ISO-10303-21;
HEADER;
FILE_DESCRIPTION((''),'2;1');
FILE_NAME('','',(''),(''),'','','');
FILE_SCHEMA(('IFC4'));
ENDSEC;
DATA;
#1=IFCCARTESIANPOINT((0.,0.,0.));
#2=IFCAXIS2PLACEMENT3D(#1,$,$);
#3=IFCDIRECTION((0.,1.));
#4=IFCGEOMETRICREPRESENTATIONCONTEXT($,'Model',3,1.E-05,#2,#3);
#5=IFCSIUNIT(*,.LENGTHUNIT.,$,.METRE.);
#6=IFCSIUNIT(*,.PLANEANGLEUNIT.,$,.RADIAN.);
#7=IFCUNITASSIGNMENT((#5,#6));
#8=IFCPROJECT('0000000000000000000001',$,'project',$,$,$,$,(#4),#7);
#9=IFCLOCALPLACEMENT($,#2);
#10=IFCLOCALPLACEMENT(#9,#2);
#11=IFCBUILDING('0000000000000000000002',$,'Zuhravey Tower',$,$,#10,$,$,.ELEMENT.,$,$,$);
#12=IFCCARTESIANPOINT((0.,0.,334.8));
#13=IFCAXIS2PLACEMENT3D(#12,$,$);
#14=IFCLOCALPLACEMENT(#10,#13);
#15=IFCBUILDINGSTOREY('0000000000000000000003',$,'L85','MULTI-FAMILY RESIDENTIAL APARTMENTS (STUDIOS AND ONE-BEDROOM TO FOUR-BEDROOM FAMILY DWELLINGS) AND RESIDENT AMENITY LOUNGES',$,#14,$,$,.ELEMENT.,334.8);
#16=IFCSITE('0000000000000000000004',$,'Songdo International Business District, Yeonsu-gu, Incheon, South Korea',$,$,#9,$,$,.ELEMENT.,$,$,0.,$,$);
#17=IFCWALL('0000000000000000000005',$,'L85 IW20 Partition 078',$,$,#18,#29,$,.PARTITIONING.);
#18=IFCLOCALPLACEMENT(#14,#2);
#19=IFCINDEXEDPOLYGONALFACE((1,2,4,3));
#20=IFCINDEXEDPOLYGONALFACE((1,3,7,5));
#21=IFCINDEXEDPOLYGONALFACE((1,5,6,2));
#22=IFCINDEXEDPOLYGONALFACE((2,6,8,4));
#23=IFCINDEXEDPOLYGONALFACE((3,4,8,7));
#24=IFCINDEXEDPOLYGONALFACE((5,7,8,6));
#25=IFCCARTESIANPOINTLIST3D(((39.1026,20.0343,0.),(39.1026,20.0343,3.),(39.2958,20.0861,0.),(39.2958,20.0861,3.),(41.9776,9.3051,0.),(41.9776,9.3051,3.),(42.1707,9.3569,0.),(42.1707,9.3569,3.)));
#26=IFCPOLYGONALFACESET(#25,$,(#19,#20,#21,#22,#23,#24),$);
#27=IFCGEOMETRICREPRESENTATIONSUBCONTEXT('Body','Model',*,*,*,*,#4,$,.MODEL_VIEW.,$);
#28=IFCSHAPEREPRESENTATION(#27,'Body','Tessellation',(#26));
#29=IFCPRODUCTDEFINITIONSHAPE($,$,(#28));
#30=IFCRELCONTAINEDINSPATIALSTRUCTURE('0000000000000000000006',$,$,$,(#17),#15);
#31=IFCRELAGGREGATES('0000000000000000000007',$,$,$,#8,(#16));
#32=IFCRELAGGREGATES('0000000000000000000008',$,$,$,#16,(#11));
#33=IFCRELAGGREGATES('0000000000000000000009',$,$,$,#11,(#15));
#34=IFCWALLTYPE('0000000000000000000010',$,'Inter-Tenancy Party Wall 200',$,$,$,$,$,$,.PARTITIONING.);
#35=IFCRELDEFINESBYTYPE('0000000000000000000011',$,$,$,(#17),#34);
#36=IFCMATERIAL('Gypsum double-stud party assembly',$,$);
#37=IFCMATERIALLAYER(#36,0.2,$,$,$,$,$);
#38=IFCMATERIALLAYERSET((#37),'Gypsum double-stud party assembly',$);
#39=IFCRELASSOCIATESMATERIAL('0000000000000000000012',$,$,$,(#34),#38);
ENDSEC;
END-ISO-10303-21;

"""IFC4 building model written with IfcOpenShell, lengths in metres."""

from ifc_helpers import new_model, si_unit, direction, frame, frame_2d, origin, place, context, subcontext, project, spatial, rectangle, extrude, material, layer, layer_set, type_object, element, save


model = new_model("IFC4")

# Units and contexts
model_context = context("Model", 3, precision=1e-05, world=origin(), true_north=direction((0.0, 1.0)))
body_context = subcontext(model_context, "Body", "Model", "MODEL_VIEW")
ifc_project = project(units=[si_unit("LENGTHUNIT", "METRE"), si_unit("PLANEANGLEUNIT", "RADIAN")], contexts=[model_context])

# Site, building, storey
site_placement = place(None, origin())
site = spatial("IfcSite", under=ifc_project, at=site_placement, Name="Songdo International Business District, Yeonsu-gu, Incheon, South Korea", CompositionType="ELEMENT", RefElevation=0.0)
building_placement = place(site_placement, origin())
building = spatial("IfcBuilding", under=site, at=building_placement, Name="Zuhravey Tower", CompositionType="ELEMENT")
storey_placement = place(building_placement, frame((0.0, 0.0, 334.8)))
storey = spatial("IfcBuildingStorey", under=building, at=storey_placement, Name="L85", Description="MULTI-FAMILY RESIDENTIAL APARTMENTS (STUDIOS AND ONE-BEDROOM TO FOUR-BEDROOM FAMILY DWELLINGS) AND RESIDENT AMENITY LOUNGES", CompositionType="ELEMENT", Elevation=334.8)

# Wall
ifc_material_1 = material(Name="Gypsum double-stud party assembly")
ifc_layer_1 = layer(ifc_material_1, 0.2)
ifc_layer_set_1 = layer_set([ifc_layer_1], Name="Gypsum double-stud party assembly")
wall_type_1 = type_object("IfcWallType", Name="Inter-Tenancy Party Wall 200", PredefinedType="PARTITIONING", material=ifc_layer_set_1)
wall_1_placement = place(storey_placement, frame((39.1992, 20.0601, 0.0), z_axis=(0.0, 0.0, 1.0), x_axis=(0.258828, -0.965923, 0.0)))
element("IfcWall", 1, at=wall_1_placement, inside=storey, type_object=wall_type_1, Name="L85 IW20 Partition 078", PredefinedType="PARTITIONING", context=body_context, shape_type="SweptSolid", body=[
    extrude(rectangle(XDim=11.1077, YDim=0.2, at=frame_2d((5.5537, 0.0))), origin(), (0.0, 0.0, 1.0), 3.0),
])

save(model, "model.ifc")
